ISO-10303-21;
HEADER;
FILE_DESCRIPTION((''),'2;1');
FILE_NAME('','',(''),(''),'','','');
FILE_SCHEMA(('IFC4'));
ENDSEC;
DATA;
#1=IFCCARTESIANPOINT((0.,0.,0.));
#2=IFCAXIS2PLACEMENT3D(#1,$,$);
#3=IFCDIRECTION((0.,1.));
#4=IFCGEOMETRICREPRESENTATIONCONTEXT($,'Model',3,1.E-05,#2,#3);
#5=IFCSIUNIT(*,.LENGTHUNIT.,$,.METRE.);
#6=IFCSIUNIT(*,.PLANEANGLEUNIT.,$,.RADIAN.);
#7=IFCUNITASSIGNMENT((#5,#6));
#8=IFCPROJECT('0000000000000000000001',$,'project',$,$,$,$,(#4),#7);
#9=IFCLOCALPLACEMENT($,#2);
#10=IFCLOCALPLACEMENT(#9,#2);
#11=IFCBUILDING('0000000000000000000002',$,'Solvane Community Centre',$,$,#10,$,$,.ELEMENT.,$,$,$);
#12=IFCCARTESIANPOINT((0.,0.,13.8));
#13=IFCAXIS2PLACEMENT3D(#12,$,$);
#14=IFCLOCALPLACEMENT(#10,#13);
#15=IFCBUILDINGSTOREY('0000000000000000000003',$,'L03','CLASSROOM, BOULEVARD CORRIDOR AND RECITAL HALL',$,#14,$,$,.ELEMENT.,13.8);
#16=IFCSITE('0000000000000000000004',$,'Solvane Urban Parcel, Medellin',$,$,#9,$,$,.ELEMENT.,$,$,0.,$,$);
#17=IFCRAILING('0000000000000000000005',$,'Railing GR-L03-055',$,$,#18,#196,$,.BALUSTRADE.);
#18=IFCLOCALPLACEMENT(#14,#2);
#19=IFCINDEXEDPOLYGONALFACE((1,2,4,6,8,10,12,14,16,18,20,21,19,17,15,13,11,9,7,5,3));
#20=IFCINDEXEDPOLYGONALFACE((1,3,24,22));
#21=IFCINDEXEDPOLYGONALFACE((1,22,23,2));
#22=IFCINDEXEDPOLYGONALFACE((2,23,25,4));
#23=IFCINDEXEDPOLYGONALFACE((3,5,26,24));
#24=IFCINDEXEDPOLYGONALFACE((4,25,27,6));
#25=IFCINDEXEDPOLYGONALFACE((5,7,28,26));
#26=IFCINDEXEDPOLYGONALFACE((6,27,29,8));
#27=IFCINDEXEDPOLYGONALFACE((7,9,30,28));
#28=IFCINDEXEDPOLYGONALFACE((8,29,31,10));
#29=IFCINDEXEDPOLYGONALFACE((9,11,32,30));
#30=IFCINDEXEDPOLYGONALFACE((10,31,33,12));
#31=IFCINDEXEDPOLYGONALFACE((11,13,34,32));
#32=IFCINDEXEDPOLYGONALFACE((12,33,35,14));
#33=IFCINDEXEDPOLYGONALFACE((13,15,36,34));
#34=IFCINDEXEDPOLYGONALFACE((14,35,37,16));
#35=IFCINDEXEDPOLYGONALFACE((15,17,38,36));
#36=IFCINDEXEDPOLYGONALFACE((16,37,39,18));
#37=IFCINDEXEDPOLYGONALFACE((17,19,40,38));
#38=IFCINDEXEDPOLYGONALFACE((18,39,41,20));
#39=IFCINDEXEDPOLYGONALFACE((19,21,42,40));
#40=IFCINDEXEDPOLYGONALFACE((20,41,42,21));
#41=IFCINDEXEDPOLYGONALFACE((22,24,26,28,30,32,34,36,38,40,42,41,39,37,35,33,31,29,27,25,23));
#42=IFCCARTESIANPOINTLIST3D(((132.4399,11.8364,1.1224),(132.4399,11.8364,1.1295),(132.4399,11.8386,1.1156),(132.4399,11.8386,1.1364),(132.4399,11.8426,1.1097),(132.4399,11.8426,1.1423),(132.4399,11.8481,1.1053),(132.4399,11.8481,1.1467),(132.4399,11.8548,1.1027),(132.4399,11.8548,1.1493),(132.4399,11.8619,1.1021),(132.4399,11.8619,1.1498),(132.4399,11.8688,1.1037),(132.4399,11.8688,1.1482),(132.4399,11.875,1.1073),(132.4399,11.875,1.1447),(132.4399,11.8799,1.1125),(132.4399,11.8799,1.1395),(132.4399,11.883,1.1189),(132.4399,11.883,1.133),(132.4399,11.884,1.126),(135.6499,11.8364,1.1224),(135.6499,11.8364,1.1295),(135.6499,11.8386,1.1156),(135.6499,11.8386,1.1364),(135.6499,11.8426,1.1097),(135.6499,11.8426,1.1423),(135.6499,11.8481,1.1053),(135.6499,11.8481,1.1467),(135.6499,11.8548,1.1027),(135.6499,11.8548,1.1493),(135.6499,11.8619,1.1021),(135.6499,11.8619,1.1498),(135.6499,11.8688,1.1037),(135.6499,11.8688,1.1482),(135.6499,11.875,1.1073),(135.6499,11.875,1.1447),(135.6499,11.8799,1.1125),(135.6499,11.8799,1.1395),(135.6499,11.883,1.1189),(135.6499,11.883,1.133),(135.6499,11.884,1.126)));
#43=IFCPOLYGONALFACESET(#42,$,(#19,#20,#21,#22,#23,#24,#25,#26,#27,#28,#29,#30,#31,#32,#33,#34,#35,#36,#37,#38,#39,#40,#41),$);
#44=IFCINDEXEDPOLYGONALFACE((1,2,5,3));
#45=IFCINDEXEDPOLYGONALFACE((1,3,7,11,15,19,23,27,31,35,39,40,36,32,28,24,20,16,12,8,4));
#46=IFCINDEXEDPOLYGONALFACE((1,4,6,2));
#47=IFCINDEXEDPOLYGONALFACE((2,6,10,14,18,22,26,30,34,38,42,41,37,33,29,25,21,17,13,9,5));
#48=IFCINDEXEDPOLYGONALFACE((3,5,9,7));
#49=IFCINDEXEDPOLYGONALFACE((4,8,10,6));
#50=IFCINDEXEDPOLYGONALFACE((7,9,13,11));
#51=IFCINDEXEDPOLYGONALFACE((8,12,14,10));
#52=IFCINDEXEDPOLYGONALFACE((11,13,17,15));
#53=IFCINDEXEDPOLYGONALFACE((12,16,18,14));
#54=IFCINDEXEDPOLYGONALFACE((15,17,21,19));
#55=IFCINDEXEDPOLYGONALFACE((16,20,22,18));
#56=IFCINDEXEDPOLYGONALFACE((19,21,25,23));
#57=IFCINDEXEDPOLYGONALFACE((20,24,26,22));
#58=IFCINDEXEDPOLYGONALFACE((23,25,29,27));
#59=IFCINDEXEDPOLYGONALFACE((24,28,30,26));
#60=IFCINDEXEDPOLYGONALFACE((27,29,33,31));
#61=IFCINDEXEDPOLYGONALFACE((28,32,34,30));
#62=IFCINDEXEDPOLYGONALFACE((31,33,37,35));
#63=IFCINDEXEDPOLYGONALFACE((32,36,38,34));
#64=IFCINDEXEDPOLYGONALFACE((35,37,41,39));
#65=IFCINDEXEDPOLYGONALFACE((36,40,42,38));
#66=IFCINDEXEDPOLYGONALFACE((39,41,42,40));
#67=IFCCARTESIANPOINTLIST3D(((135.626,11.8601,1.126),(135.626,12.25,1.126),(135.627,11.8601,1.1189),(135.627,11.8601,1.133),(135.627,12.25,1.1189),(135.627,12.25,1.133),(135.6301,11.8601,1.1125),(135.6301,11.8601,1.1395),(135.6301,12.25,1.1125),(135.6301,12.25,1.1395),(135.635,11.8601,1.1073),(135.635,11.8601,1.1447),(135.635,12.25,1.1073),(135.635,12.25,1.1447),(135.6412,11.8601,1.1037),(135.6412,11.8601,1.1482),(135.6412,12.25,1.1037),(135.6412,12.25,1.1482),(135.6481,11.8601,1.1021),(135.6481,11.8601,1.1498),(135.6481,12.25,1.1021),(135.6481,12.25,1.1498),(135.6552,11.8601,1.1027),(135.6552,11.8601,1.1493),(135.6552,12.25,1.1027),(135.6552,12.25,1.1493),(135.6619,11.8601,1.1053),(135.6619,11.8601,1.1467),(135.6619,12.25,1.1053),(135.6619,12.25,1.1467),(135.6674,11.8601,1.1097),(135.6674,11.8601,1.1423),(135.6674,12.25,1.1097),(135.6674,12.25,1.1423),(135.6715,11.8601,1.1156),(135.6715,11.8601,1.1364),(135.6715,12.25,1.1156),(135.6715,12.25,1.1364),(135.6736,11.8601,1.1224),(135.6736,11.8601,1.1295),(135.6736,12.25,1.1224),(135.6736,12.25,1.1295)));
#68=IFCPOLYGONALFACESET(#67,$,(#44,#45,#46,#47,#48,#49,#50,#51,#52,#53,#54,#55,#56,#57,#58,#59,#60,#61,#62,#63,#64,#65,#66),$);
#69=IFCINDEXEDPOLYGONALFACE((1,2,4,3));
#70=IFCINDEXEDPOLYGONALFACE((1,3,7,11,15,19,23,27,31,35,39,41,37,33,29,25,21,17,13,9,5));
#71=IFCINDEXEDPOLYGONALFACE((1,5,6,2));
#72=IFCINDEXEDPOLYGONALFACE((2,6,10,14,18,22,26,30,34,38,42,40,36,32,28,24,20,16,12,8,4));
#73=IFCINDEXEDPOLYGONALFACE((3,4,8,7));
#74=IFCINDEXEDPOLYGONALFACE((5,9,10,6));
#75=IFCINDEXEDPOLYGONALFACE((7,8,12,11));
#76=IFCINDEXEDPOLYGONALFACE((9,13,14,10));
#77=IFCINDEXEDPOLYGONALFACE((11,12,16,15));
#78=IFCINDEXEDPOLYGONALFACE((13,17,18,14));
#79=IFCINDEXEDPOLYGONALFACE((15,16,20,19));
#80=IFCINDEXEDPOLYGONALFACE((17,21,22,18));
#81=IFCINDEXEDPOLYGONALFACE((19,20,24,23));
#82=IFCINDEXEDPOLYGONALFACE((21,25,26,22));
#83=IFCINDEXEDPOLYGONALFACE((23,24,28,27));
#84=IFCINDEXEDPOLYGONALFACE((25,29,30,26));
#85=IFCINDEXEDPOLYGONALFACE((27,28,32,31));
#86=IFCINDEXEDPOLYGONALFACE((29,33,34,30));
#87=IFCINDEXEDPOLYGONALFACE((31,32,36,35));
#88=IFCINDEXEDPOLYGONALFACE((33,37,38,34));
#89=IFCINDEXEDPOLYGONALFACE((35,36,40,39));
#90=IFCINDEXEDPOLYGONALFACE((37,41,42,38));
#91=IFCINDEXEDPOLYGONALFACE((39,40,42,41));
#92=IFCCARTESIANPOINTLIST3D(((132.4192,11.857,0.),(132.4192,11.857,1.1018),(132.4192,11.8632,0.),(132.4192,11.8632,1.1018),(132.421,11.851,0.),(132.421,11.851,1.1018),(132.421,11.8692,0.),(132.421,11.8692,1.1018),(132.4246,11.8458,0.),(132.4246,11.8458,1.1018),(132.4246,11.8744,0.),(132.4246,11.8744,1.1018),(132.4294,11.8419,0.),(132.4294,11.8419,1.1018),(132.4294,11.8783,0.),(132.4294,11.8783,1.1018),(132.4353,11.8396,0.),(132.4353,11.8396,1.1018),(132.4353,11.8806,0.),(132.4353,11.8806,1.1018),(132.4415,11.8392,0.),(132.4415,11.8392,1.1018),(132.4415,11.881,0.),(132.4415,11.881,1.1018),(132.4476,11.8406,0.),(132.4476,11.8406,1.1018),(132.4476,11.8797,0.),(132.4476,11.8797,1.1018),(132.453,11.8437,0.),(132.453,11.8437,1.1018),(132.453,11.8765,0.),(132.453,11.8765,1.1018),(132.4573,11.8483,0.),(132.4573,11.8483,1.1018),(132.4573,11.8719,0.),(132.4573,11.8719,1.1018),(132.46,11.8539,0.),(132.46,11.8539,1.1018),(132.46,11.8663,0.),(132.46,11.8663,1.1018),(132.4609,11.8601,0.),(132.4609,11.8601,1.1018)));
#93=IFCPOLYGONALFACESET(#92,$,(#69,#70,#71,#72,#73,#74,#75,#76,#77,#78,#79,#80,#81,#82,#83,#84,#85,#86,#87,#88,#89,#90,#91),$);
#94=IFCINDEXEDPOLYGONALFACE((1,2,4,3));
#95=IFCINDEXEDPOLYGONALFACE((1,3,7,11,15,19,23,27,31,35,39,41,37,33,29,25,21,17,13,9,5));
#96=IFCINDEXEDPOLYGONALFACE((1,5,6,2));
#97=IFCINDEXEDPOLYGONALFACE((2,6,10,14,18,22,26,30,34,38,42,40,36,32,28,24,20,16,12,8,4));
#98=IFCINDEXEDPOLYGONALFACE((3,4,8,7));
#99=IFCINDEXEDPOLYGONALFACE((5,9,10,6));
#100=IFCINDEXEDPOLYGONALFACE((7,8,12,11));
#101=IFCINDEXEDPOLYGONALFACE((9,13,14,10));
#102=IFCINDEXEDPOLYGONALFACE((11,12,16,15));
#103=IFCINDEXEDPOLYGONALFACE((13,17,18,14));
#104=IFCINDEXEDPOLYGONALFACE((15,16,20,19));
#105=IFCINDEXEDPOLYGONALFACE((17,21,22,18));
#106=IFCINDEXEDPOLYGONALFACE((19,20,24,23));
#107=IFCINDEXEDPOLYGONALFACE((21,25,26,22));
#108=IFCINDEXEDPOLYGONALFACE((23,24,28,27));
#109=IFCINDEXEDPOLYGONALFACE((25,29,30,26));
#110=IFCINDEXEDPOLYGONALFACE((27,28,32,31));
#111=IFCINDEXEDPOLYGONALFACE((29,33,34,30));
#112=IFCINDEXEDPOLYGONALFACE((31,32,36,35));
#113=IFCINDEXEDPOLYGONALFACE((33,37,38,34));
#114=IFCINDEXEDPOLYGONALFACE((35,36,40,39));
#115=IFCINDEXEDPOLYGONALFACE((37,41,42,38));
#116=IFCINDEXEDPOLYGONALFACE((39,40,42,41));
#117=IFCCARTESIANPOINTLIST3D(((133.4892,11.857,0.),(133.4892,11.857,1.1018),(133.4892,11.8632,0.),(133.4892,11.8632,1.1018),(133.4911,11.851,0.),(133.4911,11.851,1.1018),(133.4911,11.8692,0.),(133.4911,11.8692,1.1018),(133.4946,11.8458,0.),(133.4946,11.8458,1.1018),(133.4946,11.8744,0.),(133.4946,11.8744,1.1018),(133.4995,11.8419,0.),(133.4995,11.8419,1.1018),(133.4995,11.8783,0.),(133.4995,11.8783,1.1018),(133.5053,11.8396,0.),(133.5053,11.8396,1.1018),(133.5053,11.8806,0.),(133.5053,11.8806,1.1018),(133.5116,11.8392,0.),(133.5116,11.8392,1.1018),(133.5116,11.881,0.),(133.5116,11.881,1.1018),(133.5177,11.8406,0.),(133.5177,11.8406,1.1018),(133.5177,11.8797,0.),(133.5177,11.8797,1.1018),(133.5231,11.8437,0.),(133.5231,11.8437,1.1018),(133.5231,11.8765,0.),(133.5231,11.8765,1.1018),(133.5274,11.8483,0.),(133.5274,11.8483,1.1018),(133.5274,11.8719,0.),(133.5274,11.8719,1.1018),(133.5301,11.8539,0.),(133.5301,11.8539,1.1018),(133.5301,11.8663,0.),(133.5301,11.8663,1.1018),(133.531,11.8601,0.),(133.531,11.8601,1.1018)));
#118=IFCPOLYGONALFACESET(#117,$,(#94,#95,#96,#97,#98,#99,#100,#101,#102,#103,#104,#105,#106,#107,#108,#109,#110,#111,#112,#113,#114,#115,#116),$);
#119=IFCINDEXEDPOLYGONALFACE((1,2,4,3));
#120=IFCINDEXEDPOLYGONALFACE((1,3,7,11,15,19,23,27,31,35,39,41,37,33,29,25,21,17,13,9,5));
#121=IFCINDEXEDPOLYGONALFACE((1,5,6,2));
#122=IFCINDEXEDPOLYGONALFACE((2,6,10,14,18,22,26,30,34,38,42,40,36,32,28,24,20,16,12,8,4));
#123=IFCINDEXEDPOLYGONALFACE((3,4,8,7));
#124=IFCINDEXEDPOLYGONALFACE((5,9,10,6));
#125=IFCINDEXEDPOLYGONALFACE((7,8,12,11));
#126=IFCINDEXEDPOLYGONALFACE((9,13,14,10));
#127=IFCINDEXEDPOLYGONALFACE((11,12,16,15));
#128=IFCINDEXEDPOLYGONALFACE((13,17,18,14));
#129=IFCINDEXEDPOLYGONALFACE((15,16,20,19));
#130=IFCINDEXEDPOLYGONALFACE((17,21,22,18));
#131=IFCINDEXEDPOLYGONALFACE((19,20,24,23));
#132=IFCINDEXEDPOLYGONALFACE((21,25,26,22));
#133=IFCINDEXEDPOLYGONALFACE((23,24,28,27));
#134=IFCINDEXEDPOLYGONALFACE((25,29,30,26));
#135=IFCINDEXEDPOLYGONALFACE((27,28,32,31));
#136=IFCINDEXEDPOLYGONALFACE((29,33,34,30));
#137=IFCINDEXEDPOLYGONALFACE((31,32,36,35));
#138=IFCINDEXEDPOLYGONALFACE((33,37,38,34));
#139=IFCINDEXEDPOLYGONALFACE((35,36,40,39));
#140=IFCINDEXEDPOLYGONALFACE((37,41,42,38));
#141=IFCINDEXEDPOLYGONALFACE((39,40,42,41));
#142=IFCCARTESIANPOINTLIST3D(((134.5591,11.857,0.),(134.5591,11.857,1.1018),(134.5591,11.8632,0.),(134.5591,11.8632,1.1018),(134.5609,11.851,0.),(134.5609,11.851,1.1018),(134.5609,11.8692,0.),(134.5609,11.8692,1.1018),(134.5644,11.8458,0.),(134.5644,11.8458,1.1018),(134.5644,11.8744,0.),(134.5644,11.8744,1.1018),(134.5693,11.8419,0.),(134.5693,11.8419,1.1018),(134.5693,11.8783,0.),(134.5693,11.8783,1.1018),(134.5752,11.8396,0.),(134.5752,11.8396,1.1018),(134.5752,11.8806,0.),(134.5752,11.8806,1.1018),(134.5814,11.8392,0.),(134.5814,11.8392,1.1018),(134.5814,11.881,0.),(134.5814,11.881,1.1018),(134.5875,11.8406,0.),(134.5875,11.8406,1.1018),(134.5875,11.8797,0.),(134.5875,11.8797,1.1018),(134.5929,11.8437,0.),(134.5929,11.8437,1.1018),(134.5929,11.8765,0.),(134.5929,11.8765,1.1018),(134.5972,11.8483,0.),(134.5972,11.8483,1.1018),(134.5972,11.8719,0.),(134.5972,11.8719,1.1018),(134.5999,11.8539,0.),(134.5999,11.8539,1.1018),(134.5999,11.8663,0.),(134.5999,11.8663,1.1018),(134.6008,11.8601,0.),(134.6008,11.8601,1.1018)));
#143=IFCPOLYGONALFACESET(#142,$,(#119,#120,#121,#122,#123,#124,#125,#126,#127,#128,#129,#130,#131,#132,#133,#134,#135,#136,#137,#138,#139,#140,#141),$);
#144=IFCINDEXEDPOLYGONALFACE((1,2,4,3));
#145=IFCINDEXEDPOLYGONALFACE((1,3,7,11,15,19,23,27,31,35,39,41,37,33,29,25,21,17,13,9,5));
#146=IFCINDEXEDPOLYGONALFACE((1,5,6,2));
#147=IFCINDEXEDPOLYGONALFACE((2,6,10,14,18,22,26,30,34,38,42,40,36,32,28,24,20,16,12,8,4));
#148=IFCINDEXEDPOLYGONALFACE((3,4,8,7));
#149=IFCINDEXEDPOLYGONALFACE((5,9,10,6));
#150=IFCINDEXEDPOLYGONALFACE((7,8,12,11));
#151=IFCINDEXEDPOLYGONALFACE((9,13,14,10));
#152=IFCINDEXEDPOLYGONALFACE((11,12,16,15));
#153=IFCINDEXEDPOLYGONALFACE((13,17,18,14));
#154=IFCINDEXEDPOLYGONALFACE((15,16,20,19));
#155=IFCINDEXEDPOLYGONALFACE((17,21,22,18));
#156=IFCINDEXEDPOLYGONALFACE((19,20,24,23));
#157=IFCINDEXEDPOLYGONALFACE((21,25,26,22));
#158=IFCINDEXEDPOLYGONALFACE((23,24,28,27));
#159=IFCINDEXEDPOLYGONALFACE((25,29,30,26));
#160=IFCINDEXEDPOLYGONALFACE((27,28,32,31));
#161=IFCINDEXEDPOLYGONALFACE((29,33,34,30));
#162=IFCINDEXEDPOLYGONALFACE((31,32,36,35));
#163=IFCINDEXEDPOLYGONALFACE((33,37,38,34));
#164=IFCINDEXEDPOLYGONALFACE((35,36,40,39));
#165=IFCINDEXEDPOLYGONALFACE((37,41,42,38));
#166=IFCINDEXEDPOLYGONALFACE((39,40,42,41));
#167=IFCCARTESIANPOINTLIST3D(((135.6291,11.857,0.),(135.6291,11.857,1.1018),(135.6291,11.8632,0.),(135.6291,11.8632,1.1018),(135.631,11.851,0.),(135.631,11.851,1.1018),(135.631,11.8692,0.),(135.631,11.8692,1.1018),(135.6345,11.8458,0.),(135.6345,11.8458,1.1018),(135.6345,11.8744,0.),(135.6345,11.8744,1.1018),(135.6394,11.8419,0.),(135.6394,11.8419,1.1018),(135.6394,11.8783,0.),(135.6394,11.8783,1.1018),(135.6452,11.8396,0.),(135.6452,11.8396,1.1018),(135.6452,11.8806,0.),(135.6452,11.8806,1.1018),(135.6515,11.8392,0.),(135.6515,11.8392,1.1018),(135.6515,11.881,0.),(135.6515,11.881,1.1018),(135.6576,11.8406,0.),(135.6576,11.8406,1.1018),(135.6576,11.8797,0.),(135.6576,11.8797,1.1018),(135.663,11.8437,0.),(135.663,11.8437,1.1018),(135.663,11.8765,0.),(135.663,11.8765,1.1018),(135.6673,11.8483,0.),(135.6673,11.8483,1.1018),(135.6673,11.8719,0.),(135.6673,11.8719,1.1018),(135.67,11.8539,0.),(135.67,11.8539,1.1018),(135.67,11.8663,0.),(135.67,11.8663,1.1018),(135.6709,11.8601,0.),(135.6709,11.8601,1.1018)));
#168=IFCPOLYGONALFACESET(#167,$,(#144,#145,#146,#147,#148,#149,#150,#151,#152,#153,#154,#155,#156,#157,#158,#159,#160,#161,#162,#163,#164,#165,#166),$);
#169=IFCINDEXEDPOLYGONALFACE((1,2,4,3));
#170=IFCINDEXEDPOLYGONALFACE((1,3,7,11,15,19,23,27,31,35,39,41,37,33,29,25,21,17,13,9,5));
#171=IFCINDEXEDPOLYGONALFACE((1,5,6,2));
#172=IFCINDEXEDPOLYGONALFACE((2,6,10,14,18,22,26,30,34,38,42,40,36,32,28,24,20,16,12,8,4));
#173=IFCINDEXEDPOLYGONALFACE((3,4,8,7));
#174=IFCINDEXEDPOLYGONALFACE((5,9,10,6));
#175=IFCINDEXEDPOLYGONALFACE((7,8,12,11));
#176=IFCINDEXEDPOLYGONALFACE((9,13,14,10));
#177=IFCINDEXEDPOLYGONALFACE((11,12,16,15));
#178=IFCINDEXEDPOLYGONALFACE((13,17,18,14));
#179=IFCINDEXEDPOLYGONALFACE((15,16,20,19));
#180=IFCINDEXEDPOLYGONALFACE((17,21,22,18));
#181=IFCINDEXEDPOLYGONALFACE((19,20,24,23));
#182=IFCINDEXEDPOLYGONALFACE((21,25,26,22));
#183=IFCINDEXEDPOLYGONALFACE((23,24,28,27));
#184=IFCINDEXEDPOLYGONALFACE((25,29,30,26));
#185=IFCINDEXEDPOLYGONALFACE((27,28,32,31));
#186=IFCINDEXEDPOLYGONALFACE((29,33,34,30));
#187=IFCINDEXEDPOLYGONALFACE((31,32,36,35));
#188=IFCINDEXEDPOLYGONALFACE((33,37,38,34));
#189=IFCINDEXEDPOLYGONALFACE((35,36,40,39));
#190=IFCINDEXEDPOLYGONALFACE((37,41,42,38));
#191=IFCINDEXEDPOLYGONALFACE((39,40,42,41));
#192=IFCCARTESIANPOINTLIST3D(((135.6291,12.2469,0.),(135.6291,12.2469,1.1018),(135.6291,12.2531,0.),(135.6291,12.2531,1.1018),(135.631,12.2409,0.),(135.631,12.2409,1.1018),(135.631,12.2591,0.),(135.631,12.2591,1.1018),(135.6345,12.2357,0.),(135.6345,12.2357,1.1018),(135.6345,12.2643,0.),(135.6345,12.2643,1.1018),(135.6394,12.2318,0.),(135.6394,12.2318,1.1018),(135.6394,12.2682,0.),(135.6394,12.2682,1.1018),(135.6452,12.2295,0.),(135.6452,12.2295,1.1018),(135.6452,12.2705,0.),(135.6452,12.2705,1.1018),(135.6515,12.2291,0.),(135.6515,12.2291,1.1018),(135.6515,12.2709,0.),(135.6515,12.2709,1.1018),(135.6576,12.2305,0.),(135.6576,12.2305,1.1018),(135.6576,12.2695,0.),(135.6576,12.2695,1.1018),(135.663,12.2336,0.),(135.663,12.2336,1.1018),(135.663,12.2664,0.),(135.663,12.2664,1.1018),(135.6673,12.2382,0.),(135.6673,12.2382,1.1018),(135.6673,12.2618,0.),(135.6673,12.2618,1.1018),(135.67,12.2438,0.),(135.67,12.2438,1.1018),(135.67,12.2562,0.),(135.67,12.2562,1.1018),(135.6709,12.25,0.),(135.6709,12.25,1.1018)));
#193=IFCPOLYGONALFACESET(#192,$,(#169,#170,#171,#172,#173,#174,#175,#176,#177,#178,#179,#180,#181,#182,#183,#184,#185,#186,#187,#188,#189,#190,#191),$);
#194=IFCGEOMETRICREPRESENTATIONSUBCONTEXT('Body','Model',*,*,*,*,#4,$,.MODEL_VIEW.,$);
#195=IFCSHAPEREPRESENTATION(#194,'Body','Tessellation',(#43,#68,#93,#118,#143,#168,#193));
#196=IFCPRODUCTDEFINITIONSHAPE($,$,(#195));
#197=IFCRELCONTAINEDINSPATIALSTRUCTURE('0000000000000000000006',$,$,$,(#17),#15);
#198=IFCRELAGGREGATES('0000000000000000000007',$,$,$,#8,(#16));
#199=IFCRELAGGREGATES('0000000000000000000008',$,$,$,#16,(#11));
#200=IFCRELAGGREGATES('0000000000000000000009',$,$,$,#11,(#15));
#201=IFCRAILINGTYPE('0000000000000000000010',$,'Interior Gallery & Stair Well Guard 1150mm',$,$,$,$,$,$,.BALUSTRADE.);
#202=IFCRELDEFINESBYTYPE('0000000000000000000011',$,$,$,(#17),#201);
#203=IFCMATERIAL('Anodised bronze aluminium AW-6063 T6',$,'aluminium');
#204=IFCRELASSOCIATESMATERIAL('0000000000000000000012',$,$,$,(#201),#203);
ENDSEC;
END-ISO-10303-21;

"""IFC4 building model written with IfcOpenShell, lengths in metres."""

from ifc_helpers import new_model, si_unit, direction, frame, origin, origin_2d, place, context, subcontext, project, spatial, circle, extrude, material, type_object, element, save


model = new_model("IFC4")

# Units and contexts
model_context = context("Model", 3, precision=1e-05, world=origin(), true_north=direction((0.0, 1.0)))
body_context = subcontext(model_context, "Body", "Model", "MODEL_VIEW")
ifc_project = project(units=[si_unit("LENGTHUNIT", "METRE"), si_unit("PLANEANGLEUNIT", "RADIAN")], contexts=[model_context])

# Site, building, storey
site_placement = place(None, origin())
site = spatial("IfcSite", under=ifc_project, at=site_placement, Name="Solvane Urban Parcel, Medellin", CompositionType="ELEMENT", RefElevation=0.0)
building_placement = place(site_placement, origin())
building = spatial("IfcBuilding", under=site, at=building_placement, Name="Solvane Community Centre", CompositionType="ELEMENT")
storey_placement = place(building_placement, frame((0.0, 0.0, 13.8)))
storey = spatial("IfcBuildingStorey", under=building, at=storey_placement, Name="L03", Description="CLASSROOM, BOULEVARD CORRIDOR AND RECITAL HALL", CompositionType="ELEMENT", Elevation=13.8)

# Shared definitions
ifc_material_1 = material(Name="Anodised bronze aluminium AW-6063 T6", Category="aluminium")

# Railing
railing_type_1 = type_object("IfcRailingType", Name="Interior Gallery & Stair Well Guard 1150mm", PredefinedType="BALUSTRADE", material=ifc_material_1)
railing_1_placement = place(storey_placement, frame((132.4399, 11.8601, 0.0)))
element("IfcRailing", 1, at=railing_1_placement, inside=storey, type_object=railing_type_1, Name="Railing GR-L03-055", PredefinedType="BALUSTRADE", context=body_context, shape_type="SweptSolid", body=[
    extrude(circle(Radius=0.0239, at=origin_2d()), frame((0.0, 0.0, 1.126), z_axis=(1.0, 0.0, 0.0), x_axis=(0.0, 1.0, 0.0)), (0.0, 0.0, 1.0), 3.21),
    extrude(circle(Radius=0.0239, at=origin_2d()), frame((3.21, 0.0, 1.126), z_axis=(0.0, 1.0, 0.0), x_axis=(-1.0, 0.0, 0.0)), (0.0, 0.0, 1.0), 0.3899),
    extrude(circle(Radius=0.021, at=origin_2d()), origin(), (0.0, 0.0, 1.0), 1.1018),
    extrude(circle(Radius=0.021, at=origin_2d()), frame((1.0701, 0.0, 0.0)), (0.0, 0.0, 1.0), 1.1018),
    extrude(circle(Radius=0.021, at=origin_2d()), frame((2.1399, 0.0, 0.0)), (0.0, 0.0, 1.0), 1.1018),
    extrude(circle(Radius=0.021, at=origin_2d()), frame((3.21, 0.0, 0.0)), (0.0, 0.0, 1.0), 1.1018),
    extrude(circle(Radius=0.021, at=origin_2d()), frame((3.21, 0.3899, 0.0)), (0.0, 0.0, 1.0), 1.1018),
])

save(model, "model.ifc")
